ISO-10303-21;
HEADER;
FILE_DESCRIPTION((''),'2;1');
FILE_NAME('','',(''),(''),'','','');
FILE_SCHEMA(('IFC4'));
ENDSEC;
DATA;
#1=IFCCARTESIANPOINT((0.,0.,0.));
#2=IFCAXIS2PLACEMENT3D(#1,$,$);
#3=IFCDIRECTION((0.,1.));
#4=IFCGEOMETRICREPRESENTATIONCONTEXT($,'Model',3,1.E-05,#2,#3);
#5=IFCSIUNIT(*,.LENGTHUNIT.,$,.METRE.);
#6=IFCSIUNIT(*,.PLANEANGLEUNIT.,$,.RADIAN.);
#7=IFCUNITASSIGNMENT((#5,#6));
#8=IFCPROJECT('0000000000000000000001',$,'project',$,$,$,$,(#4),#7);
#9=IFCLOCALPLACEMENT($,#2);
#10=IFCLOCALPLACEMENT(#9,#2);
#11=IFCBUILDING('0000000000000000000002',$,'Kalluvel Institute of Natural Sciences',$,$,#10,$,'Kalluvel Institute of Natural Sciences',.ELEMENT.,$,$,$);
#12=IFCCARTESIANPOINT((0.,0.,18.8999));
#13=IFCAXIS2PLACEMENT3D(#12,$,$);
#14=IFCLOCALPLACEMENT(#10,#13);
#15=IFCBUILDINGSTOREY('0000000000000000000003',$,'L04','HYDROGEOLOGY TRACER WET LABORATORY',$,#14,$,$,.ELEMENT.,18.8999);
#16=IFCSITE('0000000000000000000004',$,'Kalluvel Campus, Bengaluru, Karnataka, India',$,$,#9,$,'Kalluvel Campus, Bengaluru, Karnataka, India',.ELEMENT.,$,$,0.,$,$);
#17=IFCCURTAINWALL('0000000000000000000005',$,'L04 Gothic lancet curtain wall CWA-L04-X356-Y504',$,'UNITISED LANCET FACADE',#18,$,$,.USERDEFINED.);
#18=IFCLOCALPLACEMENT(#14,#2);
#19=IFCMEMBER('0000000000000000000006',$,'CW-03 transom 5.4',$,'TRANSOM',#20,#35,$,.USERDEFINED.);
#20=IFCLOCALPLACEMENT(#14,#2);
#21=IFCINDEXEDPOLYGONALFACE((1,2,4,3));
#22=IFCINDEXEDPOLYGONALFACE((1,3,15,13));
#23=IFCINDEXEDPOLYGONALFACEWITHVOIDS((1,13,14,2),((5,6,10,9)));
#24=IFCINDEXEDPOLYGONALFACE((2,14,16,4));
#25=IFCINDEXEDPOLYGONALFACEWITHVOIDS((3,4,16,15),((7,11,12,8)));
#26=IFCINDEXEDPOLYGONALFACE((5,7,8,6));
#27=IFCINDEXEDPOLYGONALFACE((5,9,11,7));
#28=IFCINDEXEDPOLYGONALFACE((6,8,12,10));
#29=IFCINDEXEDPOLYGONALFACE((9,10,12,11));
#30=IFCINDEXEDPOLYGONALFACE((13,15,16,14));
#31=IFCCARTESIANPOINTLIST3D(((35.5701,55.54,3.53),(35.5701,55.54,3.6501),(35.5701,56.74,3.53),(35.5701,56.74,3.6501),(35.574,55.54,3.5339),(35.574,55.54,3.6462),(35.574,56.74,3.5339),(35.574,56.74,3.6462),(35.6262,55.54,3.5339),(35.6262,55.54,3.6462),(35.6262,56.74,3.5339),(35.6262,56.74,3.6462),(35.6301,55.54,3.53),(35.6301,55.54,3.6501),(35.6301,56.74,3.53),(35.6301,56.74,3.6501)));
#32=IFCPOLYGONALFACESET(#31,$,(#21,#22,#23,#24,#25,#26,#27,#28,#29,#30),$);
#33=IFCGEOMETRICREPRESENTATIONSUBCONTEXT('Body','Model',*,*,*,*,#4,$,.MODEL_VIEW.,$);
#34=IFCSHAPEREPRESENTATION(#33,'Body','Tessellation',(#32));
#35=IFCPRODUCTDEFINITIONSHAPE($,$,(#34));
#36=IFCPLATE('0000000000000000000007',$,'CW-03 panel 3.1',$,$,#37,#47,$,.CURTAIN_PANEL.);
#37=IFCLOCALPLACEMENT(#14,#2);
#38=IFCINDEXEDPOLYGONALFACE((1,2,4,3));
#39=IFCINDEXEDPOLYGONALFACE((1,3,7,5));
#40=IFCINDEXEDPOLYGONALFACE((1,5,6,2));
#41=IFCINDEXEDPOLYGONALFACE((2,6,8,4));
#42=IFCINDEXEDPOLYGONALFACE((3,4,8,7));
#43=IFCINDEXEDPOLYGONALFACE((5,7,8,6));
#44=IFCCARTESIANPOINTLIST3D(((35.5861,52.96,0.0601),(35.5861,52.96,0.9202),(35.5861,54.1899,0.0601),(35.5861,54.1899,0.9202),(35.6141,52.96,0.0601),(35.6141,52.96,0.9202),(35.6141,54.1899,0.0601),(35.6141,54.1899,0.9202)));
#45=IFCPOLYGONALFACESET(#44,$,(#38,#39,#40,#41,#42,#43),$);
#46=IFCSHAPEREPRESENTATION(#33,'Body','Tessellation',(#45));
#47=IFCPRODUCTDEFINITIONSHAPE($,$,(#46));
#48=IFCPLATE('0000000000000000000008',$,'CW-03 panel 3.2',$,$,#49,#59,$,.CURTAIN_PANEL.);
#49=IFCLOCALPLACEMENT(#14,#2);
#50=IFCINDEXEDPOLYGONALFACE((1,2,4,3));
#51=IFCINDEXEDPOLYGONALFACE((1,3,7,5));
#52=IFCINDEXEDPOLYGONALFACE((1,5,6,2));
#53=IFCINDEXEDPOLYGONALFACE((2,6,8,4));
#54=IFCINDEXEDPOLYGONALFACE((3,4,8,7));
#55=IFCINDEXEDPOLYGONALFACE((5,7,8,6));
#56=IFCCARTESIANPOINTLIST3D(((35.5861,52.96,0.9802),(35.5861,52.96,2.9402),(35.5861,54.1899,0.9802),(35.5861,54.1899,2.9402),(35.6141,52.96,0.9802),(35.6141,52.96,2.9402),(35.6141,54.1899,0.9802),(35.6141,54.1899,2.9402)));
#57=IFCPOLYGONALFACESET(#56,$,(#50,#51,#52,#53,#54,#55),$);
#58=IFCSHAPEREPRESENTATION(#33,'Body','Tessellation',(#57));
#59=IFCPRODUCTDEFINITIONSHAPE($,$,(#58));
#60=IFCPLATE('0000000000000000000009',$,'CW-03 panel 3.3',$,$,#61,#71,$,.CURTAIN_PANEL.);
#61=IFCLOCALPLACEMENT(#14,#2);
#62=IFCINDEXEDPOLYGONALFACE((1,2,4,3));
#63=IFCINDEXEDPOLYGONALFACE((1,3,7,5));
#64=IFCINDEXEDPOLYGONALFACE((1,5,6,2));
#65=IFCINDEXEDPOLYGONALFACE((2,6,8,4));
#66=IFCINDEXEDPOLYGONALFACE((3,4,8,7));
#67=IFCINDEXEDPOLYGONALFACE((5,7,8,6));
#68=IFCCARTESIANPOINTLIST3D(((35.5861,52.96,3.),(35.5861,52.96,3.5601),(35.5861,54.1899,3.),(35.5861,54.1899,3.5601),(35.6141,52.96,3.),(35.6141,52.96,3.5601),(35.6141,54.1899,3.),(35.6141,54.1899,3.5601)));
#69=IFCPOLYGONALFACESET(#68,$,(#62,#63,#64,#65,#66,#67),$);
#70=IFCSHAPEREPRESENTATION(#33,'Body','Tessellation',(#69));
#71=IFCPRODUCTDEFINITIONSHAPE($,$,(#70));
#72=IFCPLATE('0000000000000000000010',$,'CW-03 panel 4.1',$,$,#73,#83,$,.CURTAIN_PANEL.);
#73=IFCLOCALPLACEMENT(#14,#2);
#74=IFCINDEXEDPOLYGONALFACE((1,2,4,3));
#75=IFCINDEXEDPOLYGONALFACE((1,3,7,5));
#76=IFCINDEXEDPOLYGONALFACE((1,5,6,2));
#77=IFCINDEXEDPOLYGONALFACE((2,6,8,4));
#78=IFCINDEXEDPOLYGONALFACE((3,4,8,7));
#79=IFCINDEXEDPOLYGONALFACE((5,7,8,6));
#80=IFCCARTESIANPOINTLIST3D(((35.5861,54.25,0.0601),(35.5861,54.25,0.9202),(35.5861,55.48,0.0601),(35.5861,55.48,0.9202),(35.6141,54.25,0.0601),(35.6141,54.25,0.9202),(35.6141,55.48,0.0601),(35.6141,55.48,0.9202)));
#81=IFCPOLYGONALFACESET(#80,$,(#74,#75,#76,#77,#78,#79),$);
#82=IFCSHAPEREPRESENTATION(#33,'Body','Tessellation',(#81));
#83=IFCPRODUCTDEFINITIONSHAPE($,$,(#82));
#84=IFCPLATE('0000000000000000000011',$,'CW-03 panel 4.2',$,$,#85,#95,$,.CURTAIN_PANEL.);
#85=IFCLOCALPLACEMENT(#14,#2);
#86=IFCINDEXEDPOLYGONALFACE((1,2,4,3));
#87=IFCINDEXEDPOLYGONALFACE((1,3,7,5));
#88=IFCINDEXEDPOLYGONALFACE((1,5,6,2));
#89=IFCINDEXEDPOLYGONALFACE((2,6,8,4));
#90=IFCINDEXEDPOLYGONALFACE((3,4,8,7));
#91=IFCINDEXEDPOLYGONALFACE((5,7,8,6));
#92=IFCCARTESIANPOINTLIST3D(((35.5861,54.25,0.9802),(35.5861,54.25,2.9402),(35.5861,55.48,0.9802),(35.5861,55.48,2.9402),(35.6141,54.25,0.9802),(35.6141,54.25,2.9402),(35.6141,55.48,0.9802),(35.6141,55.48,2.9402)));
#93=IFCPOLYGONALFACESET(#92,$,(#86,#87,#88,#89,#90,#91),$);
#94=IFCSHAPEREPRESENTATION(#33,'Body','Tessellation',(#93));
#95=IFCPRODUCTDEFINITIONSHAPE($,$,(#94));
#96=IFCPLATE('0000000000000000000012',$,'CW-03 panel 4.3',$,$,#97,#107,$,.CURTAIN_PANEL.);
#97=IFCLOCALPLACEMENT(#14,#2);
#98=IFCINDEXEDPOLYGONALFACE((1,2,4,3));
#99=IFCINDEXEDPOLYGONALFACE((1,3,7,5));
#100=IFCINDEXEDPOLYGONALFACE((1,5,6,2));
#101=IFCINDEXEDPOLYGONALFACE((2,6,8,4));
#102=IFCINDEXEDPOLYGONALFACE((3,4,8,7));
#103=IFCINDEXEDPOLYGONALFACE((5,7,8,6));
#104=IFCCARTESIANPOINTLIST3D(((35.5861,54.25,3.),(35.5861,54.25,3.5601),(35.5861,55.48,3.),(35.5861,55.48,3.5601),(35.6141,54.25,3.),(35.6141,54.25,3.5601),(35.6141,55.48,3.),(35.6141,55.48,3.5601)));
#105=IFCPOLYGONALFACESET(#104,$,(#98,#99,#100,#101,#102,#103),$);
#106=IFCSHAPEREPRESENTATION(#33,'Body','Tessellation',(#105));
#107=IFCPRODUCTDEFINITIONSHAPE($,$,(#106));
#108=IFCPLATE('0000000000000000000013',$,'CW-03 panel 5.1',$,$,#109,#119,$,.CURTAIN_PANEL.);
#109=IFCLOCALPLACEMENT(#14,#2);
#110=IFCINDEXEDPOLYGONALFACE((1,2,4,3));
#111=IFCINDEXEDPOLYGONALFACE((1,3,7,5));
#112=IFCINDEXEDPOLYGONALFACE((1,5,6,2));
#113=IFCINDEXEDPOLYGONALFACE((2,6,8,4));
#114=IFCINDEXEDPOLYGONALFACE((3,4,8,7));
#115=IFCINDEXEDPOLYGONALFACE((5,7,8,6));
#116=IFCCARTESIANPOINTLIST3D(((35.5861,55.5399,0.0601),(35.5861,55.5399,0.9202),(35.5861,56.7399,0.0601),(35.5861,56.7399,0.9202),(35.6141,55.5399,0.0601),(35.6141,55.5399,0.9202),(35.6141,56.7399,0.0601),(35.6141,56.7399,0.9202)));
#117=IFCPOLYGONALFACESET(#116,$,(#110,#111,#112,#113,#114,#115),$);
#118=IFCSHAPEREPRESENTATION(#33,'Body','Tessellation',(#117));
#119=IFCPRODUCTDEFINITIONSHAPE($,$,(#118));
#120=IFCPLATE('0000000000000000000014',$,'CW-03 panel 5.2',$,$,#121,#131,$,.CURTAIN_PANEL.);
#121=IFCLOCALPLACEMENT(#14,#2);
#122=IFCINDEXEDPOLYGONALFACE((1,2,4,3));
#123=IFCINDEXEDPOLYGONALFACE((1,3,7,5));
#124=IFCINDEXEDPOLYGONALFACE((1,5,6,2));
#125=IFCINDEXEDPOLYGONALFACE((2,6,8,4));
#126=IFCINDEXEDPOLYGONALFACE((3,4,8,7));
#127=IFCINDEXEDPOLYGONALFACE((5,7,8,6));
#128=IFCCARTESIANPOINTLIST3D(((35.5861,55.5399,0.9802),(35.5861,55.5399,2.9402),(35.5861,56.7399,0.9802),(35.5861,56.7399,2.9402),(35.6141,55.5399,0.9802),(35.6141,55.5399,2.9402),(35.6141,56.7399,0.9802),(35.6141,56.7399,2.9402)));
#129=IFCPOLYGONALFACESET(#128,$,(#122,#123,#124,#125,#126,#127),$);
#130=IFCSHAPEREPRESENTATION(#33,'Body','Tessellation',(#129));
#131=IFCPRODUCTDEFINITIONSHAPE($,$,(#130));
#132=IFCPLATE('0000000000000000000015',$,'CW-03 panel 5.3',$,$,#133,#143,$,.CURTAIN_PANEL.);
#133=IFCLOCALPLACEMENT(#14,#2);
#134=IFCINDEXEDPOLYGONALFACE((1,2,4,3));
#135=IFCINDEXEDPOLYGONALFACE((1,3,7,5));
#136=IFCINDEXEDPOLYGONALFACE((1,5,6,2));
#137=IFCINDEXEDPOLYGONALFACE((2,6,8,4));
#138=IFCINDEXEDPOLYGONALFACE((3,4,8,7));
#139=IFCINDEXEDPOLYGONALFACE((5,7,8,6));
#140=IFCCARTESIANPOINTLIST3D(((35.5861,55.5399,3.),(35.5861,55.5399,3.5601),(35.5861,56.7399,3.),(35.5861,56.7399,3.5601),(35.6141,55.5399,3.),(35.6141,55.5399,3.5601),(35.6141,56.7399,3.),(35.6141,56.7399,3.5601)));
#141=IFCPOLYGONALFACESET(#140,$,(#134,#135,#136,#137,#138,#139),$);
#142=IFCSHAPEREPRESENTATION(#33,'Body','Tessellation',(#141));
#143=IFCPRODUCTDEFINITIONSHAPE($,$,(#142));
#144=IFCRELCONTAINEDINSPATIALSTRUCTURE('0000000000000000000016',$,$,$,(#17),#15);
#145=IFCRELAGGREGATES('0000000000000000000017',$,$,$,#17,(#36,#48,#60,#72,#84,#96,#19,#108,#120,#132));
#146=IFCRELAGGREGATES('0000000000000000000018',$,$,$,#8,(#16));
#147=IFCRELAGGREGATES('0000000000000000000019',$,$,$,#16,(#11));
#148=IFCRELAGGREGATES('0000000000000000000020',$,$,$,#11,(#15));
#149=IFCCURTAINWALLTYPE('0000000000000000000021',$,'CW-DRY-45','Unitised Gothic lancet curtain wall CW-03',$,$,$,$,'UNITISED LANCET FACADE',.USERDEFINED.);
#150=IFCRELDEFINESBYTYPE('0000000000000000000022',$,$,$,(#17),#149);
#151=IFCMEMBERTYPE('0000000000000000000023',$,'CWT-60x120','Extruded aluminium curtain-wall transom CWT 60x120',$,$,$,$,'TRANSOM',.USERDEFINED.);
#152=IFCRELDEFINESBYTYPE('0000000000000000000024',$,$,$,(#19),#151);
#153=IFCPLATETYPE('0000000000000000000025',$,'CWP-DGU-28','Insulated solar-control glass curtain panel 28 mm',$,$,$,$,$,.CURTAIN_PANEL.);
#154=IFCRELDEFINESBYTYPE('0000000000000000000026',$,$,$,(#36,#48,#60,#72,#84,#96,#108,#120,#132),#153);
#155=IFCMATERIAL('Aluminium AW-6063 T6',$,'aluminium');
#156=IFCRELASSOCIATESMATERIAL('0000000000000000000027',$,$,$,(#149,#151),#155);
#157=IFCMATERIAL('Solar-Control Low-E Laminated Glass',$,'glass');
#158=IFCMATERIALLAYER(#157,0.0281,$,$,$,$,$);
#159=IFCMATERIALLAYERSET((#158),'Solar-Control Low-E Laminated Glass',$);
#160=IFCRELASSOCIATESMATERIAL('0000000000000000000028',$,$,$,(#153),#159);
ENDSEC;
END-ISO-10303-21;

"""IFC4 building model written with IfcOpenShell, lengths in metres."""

from ifc_helpers import new_model, si_unit, direction, frame, origin, origin_2d, place, context, subcontext, project, spatial, rectangle, hollow_rectangle, extrude, material, layer, layer_set, material_profile, profile_set, type_object, element, aggregate, save


model = new_model("IFC4")

# Units and contexts
model_context = context("Model", 3, precision=1e-05, world=origin(), true_north=direction((0.0, 1.0)))
body_context = subcontext(model_context, "Body", "Model", "MODEL_VIEW")
ifc_project = project(units=[si_unit("LENGTHUNIT", "METRE"), si_unit("PLANEANGLEUNIT", "RADIAN")], contexts=[model_context])

# Site, building, storey
site_placement = place(None, origin())
site = spatial("IfcSite", under=ifc_project, at=site_placement, Name="Kalluvel Campus, Bengaluru, Karnataka, India", LongName="Kalluvel Campus, Bengaluru, Karnataka, India", CompositionType="ELEMENT", RefElevation=0.0)
building_placement = place(site_placement, origin())
building = spatial("IfcBuilding", under=site, at=building_placement, Name="Kalluvel Institute of Natural Sciences", LongName="Kalluvel Institute of Natural Sciences", CompositionType="ELEMENT")
storey_placement = place(building_placement, frame((0.0, 0.0, 18.8999)))
storey = spatial("IfcBuildingStorey", under=building, at=storey_placement, Name="L04", Description="HYDROGEOLOGY TRACER WET LABORATORY", CompositionType="ELEMENT", Elevation=18.8999)

# Curtain wall, member, plates
ifc_material_1 = material(Name="Aluminium AW-6063 T6", Category="aluminium")
curtain_wall_type = type_object("IfcCurtainWallType", Name="CW-DRY-45", Description="Unitised Gothic lancet curtain wall CW-03", ElementType="UNITISED LANCET FACADE", PredefinedType="USERDEFINED", material=ifc_material_1)
curtain_wall_placement = place(storey_placement, origin())
curtain_wall = element("IfcCurtainWall", 1, at=curtain_wall_placement, inside=storey, type_object=curtain_wall_type, Name="L04 Gothic lancet curtain wall CWA-L04-X356-Y504", ObjectType="UNITISED LANCET FACADE", PredefinedType="USERDEFINED")
ifc_material_profile_1 = material_profile(ifc_material_1, hollow_rectangle(XDim=0.0601, YDim=0.1201, WallThickness=0.0039, at=origin_2d()), Name="CWT 60x120")
ifc_profile_set_1 = profile_set([ifc_material_profile_1], Name="Aluminium AW-6063 T6")
member_type_1 = type_object("IfcMemberType", Name="CWT-60x120", Description="Extruded aluminium curtain-wall transom CWT 60x120", ElementType="TRANSOM", PredefinedType="USERDEFINED", material=ifc_profile_set_1)
member_1_placement = place(storey_placement, frame((35.6001, 55.54, 3.5901), z_axis=(0.0, 1.0, 0.0), x_axis=(-1.0, 0.0, 0.0)))
member_1 = element("IfcMember", 2, at=member_1_placement, type_object=member_type_1, Name="CW-03 transom 5.4", ObjectType="TRANSOM", PredefinedType="USERDEFINED", context=body_context, shape_type="SweptSolid", body=[
    extrude(hollow_rectangle(XDim=0.0601, YDim=0.1201, WallThickness=0.0039, at=origin_2d()), origin(), (0.0, 0.0, 1.0), 1.2),
])
ifc_material_2 = material(Name="Solar-Control Low-E Laminated Glass", Category="glass")
ifc_layer = layer(ifc_material_2, 0.0281)
ifc_layer_set = layer_set([ifc_layer], Name="Solar-Control Low-E Laminated Glass")
plate_type = type_object("IfcPlateType", Name="CWP-DGU-28", Description="Insulated solar-control glass curtain panel 28 mm", PredefinedType="CURTAIN_PANEL", material=ifc_layer_set)
plate_1_placement = place(storey_placement, frame((35.6001, 53.575, 0.0601), z_axis=(0.0, 0.0, 1.0), x_axis=(0.0, 1.0, 0.0)))
plate_1 = element("IfcPlate", 3, at=plate_1_placement, type_object=plate_type, Name="CW-03 panel 3.1", PredefinedType="CURTAIN_PANEL", context=body_context, shape_type="SweptSolid", body=[
    extrude(rectangle(XDim=1.23, YDim=0.0281, at=origin_2d()), origin(), (0.0, 0.0, 1.0), 0.8601),
])
plate_2_placement = place(storey_placement, frame((35.6001, 53.575, 0.9802), z_axis=(0.0, 0.0, 1.0), x_axis=(0.0, 1.0, 0.0)))
plate_2 = element("IfcPlate", 4, at=plate_2_placement, type_object=plate_type, Name="CW-03 panel 3.2", PredefinedType="CURTAIN_PANEL", context=body_context, shape_type="SweptSolid", body=[
    extrude(rectangle(XDim=1.23, YDim=0.0281, at=origin_2d()), origin(), (0.0, 0.0, 1.0), 1.96),
])
plate_3_placement = place(storey_placement, frame((35.6001, 53.575, 3.0), z_axis=(0.0, 0.0, 1.0), x_axis=(0.0, 1.0, 0.0)))
plate_3 = element("IfcPlate", 5, at=plate_3_placement, type_object=plate_type, Name="CW-03 panel 3.3", PredefinedType="CURTAIN_PANEL", context=body_context, shape_type="SweptSolid", body=[
    extrude(rectangle(XDim=1.23, YDim=0.0281, at=origin_2d()), origin(), (0.0, 0.0, 1.0), 0.5601),
])
plate_4_placement = place(storey_placement, frame((35.6001, 54.865, 0.0601), z_axis=(0.0, 0.0, 1.0), x_axis=(0.0, 1.0, 0.0)))
plate_4 = element("IfcPlate", 6, at=plate_4_placement, type_object=plate_type, Name="CW-03 panel 4.1", PredefinedType="CURTAIN_PANEL", context=body_context, shape_type="SweptSolid", body=[
    extrude(rectangle(XDim=1.23, YDim=0.0281, at=origin_2d()), origin(), (0.0, 0.0, 1.0), 0.8601),
])
plate_5_placement = place(storey_placement, frame((35.6001, 54.865, 0.9802), z_axis=(0.0, 0.0, 1.0), x_axis=(0.0, 1.0, 0.0)))
plate_5 = element("IfcPlate", 7, at=plate_5_placement, type_object=plate_type, Name="CW-03 panel 4.2", PredefinedType="CURTAIN_PANEL", context=body_context, shape_type="SweptSolid", body=[
    extrude(rectangle(XDim=1.23, YDim=0.0281, at=origin_2d()), origin(), (0.0, 0.0, 1.0), 1.96),
])
plate_6_placement = place(storey_placement, frame((35.6001, 54.865, 3.0), z_axis=(0.0, 0.0, 1.0), x_axis=(0.0, 1.0, 0.0)))
plate_6 = element("IfcPlate", 8, at=plate_6_placement, type_object=plate_type, Name="CW-03 panel 4.3", PredefinedType="CURTAIN_PANEL", context=body_context, shape_type="SweptSolid", body=[
    extrude(rectangle(XDim=1.23, YDim=0.0281, at=origin_2d()), origin(), (0.0, 0.0, 1.0), 0.5601),
])
plate_7_placement = place(storey_placement, frame((35.6001, 56.1399, 0.0601), z_axis=(0.0, 0.0, 1.0), x_axis=(0.0, 1.0, 0.0)))
plate_7 = element("IfcPlate", 9, at=plate_7_placement, type_object=plate_type, Name="CW-03 panel 5.1", PredefinedType="CURTAIN_PANEL", context=body_context, shape_type="SweptSolid", body=[
    extrude(rectangle(XDim=1.2, YDim=0.0281, at=origin_2d()), origin(), (0.0, 0.0, 1.0), 0.8601),
])
plate_8_placement = place(storey_placement, frame((35.6001, 56.1399, 0.9802), z_axis=(0.0, 0.0, 1.0), x_axis=(0.0, 1.0, 0.0)))
plate_8 = element("IfcPlate", 10, at=plate_8_placement, type_object=plate_type, Name="CW-03 panel 5.2", PredefinedType="CURTAIN_PANEL", context=body_context, shape_type="SweptSolid", body=[
    extrude(rectangle(XDim=1.2, YDim=0.0281, at=origin_2d()), origin(), (0.0, 0.0, 1.0), 1.96),
])
plate_9_placement = place(storey_placement, frame((35.6001, 56.1399, 3.0), z_axis=(0.0, 0.0, 1.0), x_axis=(0.0, 1.0, 0.0)))
plate_9 = element("IfcPlate", 11, at=plate_9_placement, type_object=plate_type, Name="CW-03 panel 5.3", PredefinedType="CURTAIN_PANEL", context=body_context, shape_type="SweptSolid", body=[
    extrude(rectangle(XDim=1.2, YDim=0.0281, at=origin_2d()), origin(), (0.0, 0.0, 1.0), 0.5601),
])
aggregate(curtain_wall, [plate_1, plate_2, plate_3, plate_4, plate_5, plate_6, member_1, plate_7, plate_8, plate_9])

save(model, "model.ifc")
